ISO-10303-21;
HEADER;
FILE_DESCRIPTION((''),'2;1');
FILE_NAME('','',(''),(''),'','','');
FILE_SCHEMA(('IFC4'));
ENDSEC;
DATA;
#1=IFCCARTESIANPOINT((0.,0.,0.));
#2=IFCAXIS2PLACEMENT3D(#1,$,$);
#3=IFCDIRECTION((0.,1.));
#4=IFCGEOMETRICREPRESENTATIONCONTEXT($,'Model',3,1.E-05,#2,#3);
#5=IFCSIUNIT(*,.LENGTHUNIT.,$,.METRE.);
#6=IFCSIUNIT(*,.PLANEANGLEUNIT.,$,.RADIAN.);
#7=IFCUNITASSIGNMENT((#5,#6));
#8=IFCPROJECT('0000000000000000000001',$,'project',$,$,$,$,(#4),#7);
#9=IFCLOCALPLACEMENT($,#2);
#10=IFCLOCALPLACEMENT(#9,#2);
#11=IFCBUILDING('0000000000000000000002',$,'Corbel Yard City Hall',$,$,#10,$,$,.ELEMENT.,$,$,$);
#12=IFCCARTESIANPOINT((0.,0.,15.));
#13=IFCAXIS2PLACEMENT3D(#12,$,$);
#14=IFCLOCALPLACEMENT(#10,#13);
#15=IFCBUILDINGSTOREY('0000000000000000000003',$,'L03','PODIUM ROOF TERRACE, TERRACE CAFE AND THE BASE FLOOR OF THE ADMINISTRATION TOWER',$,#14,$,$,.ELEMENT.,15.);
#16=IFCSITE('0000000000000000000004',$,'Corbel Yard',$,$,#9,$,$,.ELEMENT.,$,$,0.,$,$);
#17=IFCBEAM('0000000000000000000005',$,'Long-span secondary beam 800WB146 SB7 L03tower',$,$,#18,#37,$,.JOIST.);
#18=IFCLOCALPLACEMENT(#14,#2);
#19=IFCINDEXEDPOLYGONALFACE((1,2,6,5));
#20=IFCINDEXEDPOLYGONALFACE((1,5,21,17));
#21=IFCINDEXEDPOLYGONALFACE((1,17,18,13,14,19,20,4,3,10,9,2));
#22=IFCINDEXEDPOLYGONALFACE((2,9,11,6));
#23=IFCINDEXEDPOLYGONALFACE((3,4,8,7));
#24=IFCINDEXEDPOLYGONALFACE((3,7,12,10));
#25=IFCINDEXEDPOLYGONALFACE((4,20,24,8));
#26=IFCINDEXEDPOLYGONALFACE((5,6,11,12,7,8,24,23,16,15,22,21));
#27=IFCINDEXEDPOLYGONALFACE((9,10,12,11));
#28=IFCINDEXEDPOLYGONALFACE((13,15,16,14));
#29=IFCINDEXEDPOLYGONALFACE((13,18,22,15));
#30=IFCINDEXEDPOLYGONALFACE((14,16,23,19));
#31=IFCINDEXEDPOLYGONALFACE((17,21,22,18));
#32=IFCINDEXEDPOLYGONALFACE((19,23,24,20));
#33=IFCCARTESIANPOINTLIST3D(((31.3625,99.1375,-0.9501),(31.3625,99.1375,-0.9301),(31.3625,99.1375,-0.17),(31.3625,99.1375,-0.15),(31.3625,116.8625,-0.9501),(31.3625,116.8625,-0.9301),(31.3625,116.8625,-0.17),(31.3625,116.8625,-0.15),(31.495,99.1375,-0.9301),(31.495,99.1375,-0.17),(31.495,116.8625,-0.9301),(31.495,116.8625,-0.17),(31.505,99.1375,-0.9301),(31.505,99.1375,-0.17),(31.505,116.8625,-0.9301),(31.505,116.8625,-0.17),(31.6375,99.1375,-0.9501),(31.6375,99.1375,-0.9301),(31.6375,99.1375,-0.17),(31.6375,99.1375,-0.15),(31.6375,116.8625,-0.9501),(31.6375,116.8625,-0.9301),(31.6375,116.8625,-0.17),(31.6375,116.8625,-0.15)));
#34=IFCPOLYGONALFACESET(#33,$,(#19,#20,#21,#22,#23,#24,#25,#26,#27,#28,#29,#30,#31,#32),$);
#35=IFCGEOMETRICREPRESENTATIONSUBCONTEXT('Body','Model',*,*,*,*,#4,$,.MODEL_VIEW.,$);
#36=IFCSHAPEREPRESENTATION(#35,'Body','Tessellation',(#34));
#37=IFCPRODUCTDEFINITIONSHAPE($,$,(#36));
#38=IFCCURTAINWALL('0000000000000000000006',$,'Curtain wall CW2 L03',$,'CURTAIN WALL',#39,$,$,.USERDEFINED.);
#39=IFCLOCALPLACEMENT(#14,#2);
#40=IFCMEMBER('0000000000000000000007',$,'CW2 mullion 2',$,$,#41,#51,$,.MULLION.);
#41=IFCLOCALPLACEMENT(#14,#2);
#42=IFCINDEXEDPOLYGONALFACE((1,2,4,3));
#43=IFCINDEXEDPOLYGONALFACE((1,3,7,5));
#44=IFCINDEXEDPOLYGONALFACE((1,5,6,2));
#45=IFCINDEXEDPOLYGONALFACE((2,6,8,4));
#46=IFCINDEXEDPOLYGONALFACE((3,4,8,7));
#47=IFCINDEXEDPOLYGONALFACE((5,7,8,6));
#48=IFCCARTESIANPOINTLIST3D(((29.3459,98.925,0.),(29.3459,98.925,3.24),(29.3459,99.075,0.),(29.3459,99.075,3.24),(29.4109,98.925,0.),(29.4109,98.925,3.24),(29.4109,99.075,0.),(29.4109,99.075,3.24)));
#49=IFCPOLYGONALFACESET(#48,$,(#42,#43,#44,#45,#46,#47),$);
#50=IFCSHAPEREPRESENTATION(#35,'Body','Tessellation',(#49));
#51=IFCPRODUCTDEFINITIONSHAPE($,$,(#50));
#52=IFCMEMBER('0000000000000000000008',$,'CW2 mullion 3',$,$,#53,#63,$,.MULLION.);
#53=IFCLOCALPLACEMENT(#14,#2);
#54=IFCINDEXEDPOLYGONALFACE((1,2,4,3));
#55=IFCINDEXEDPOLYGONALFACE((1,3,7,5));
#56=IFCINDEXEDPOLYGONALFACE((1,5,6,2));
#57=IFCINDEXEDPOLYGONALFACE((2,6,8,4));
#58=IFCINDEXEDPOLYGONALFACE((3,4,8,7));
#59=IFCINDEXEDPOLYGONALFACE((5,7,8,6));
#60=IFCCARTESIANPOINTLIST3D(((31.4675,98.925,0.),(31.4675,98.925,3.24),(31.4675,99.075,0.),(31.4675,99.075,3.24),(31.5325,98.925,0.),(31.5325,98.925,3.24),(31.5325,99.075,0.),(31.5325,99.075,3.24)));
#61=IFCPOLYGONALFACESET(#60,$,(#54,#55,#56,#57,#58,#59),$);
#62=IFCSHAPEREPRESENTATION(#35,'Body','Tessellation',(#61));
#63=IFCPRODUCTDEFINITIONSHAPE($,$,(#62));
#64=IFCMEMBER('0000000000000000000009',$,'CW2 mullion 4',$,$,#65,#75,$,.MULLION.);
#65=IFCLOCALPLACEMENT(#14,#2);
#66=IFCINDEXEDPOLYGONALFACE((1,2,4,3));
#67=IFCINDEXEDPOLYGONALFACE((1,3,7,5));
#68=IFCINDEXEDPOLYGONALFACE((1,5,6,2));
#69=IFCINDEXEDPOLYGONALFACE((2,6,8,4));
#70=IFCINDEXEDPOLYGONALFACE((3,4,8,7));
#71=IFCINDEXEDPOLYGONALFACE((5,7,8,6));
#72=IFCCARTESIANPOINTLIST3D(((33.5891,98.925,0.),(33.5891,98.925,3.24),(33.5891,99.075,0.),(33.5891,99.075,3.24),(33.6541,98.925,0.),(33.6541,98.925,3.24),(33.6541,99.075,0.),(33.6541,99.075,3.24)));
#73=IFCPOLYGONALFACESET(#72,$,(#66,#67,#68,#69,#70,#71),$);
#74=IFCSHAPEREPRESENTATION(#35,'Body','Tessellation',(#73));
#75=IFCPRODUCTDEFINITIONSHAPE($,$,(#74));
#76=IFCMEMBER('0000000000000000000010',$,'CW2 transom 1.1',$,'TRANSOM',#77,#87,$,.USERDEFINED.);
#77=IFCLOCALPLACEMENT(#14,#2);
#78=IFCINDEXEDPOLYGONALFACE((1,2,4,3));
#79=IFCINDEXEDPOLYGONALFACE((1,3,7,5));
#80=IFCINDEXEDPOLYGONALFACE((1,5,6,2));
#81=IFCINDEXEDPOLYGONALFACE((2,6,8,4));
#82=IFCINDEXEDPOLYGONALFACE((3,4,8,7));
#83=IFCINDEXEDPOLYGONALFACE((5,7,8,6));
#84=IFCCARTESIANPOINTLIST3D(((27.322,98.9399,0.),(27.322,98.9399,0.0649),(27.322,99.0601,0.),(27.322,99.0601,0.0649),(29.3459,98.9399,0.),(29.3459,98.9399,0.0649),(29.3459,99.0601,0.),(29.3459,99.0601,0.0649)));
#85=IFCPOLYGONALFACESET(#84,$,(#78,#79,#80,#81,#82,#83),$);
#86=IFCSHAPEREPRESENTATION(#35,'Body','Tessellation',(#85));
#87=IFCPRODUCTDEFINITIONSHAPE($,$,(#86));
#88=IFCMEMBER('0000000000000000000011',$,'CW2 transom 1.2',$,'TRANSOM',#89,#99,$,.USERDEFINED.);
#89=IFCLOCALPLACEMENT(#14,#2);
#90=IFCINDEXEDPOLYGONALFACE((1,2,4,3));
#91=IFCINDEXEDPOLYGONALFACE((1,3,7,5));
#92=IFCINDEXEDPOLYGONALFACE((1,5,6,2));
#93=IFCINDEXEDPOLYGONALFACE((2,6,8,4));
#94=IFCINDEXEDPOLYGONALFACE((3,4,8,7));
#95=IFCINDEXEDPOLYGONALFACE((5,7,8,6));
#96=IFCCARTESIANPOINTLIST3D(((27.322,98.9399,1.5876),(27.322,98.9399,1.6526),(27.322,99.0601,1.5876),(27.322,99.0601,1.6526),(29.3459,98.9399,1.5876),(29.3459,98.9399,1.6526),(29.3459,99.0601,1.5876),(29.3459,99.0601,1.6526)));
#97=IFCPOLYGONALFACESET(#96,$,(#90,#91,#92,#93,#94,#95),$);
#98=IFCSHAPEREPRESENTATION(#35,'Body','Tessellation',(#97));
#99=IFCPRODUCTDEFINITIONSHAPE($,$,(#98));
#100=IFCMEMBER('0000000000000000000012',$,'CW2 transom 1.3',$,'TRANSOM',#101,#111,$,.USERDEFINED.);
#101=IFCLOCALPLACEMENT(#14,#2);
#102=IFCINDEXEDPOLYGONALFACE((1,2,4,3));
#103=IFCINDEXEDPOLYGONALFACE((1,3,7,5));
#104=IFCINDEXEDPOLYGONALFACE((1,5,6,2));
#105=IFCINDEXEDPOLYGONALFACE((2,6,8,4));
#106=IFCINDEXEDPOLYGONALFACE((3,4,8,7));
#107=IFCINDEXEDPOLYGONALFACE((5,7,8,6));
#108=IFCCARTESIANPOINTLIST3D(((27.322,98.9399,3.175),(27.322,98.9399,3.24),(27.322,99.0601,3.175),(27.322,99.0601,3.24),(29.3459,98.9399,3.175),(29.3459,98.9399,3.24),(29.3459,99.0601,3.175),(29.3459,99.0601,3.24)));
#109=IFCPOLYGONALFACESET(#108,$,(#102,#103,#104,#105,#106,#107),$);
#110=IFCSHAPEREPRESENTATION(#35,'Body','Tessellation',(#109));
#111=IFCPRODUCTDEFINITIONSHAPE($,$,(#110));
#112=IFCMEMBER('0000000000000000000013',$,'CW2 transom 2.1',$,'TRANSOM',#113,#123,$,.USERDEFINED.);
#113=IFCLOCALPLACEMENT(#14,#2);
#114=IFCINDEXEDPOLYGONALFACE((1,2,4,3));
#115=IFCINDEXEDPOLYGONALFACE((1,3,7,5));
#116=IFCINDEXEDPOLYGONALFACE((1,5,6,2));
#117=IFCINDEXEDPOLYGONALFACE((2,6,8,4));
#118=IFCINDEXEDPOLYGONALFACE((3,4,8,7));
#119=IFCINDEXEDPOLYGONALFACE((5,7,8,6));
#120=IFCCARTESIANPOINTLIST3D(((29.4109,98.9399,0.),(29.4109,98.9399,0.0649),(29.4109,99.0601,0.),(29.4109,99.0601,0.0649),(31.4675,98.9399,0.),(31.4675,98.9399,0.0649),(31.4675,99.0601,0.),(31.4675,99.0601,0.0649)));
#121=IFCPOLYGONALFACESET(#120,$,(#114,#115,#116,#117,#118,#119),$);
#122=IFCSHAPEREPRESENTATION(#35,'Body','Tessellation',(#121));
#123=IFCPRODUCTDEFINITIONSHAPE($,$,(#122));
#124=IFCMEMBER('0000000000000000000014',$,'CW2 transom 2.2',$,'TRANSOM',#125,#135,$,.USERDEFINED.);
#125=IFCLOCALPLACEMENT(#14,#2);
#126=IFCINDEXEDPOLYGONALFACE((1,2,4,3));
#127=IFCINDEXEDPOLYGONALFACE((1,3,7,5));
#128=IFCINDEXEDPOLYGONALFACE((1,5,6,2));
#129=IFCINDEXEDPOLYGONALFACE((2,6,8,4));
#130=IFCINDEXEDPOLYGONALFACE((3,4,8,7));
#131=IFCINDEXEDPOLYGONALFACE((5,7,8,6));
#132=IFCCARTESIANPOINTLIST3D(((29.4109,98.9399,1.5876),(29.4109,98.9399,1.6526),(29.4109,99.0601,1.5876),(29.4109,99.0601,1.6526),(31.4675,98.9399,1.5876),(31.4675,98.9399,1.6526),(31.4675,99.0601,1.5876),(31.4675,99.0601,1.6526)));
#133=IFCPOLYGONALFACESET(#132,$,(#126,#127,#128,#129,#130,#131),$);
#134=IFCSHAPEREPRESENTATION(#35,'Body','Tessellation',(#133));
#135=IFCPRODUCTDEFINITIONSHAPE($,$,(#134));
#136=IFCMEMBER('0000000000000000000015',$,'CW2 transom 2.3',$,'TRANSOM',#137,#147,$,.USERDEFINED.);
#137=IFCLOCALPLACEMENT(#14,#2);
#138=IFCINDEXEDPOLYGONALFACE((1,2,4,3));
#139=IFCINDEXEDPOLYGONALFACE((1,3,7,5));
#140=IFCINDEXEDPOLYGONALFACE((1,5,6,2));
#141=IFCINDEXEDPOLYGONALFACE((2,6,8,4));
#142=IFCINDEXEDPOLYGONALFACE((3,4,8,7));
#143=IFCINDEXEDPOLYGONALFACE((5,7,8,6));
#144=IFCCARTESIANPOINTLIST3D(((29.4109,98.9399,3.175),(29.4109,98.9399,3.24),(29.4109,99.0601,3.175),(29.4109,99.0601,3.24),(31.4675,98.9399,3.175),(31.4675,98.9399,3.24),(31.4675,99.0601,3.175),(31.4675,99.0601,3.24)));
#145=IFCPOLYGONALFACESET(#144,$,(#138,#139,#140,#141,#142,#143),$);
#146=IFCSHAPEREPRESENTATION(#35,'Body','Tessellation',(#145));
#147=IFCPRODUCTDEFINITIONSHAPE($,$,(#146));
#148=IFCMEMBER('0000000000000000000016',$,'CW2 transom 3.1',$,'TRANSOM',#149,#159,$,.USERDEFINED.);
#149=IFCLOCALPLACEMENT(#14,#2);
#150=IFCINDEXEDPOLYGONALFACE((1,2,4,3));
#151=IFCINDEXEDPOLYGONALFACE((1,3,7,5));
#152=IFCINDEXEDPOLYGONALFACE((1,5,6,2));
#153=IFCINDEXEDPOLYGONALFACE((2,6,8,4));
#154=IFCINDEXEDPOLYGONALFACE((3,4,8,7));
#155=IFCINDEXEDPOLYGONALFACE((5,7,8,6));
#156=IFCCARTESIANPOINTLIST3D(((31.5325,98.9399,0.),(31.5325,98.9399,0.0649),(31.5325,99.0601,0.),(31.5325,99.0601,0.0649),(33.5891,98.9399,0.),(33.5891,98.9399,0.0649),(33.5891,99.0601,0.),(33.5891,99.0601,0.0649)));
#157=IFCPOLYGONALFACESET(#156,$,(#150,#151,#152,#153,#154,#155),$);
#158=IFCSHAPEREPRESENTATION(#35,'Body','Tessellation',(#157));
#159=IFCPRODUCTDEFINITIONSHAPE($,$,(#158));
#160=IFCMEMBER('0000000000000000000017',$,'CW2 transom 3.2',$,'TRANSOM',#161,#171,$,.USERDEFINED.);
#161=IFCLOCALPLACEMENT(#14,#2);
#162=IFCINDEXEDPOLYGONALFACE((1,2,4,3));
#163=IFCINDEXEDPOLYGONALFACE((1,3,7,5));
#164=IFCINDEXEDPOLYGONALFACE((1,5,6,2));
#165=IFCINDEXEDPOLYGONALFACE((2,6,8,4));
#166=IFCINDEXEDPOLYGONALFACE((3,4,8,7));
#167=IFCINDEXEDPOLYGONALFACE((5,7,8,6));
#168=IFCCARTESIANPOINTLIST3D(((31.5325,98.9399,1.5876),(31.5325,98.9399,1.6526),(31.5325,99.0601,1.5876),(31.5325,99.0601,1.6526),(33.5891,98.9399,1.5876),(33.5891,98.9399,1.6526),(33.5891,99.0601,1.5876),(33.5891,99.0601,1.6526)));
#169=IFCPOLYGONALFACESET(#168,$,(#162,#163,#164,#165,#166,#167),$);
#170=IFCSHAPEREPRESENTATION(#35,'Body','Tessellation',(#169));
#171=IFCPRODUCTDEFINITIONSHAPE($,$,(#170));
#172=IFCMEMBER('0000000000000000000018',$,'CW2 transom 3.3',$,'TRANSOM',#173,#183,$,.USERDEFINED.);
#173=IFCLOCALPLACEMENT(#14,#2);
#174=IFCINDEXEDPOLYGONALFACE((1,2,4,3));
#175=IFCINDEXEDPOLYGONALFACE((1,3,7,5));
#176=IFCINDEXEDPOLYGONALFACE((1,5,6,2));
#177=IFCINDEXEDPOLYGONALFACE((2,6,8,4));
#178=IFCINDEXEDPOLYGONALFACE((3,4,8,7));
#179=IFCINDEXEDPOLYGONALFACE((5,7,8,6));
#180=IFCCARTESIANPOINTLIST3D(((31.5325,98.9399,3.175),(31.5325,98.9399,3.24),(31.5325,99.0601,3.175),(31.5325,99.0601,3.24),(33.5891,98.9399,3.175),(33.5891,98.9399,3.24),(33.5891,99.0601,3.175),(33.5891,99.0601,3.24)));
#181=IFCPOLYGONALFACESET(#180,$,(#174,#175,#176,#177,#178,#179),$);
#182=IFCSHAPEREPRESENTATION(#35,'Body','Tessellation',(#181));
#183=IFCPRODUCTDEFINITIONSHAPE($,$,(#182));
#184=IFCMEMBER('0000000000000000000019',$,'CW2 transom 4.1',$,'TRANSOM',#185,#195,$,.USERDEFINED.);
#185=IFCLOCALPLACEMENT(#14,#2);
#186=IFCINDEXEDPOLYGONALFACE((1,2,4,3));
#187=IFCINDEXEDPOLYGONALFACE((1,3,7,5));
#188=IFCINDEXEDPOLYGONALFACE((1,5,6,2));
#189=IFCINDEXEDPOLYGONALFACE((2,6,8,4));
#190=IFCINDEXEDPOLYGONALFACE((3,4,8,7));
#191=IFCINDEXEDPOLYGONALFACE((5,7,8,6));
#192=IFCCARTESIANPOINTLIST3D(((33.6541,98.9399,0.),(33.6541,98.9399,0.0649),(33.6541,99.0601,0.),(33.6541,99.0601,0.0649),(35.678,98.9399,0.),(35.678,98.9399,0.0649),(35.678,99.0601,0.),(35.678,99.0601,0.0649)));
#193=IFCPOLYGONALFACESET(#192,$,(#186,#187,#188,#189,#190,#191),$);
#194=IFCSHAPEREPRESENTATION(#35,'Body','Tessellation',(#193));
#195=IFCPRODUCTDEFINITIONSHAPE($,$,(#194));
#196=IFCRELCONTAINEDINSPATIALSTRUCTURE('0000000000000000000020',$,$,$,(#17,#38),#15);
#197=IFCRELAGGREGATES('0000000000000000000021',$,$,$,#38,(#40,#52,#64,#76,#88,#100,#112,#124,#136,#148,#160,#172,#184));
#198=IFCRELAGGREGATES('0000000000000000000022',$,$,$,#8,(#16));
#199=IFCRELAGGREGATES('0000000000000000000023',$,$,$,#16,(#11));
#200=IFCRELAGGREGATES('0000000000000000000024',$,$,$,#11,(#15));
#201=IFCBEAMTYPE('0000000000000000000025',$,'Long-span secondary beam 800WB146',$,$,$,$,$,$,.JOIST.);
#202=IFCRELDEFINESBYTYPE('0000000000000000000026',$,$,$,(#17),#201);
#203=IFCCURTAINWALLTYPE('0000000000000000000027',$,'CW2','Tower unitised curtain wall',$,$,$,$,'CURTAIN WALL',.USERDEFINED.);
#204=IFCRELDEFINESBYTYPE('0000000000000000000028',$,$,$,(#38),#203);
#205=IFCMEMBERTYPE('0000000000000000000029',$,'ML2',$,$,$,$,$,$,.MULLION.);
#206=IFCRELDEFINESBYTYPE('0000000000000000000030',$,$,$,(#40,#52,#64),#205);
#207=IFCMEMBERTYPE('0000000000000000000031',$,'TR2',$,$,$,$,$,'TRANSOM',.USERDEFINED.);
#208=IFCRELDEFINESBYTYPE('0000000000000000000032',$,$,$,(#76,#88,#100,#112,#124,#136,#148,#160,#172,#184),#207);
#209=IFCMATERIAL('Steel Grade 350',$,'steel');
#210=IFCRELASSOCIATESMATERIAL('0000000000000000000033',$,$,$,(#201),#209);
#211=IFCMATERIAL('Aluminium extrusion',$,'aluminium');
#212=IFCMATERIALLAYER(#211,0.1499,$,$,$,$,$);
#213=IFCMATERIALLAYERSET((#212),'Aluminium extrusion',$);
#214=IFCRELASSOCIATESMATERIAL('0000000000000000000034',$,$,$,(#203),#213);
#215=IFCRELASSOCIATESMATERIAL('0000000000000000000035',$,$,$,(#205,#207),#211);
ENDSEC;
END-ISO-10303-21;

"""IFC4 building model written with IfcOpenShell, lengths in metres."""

from ifc_helpers import new_model, si_unit, direction, frame, origin, origin_2d, place, context, subcontext, project, spatial, rectangle, i_section, extrude, material, layer, layer_set, material_profile, profile_set, type_object, element, aggregate, save


model = new_model("IFC4")

# Units and contexts
model_context = context("Model", 3, precision=1e-05, world=origin(), true_north=direction((0.0, 1.0)))
body_context = subcontext(model_context, "Body", "Model", "MODEL_VIEW")
ifc_project = project(units=[si_unit("LENGTHUNIT", "METRE"), si_unit("PLANEANGLEUNIT", "RADIAN")], contexts=[model_context])

# Site, building, storey
site_placement = place(None, origin())
site = spatial("IfcSite", under=ifc_project, at=site_placement, Name="Corbel Yard", CompositionType="ELEMENT", RefElevation=0.0)
building_placement = place(site_placement, origin())
building = spatial("IfcBuilding", under=site, at=building_placement, Name="Corbel Yard City Hall", CompositionType="ELEMENT")
storey_placement = place(building_placement, frame((0.0, 0.0, 15.0)))
storey = spatial("IfcBuildingStorey", under=building, at=storey_placement, Name="L03", Description="PODIUM ROOF TERRACE, TERRACE CAFE AND THE BASE FLOOR OF THE ADMINISTRATION TOWER", CompositionType="ELEMENT", Elevation=15.0)

# Beam
ifc_material_1 = material(Name="Steel Grade 350", Category="steel")
ifc_material_profile_1 = material_profile(ifc_material_1, i_section(OverallWidth=0.2749, OverallDepth=0.8, WebThickness=0.01, FlangeThickness=0.02, at=origin_2d()), Name="800WB146")
ifc_profile_set_1 = profile_set([ifc_material_profile_1], Name="Steel Grade 350")
beam_type = type_object("IfcBeamType", Name="Long-span secondary beam 800WB146", PredefinedType="JOIST", material=ifc_profile_set_1)
beam_placement = place(storey_placement, frame((31.5, 99.1375, -0.55), z_axis=(0.0, 1.0, 0.0), x_axis=(-1.0, 0.0, 0.0)))
element("IfcBeam", 1, at=beam_placement, inside=storey, type_object=beam_type, Name="Long-span secondary beam 800WB146 SB7 L03tower", PredefinedType="JOIST", context=body_context, shape_type="SweptSolid", body=[
    extrude(i_section(OverallWidth=0.2749, OverallDepth=0.8, WebThickness=0.01, FlangeThickness=0.02, at=origin_2d()), origin(), (0.0, 0.0, 1.0), 17.7251),
])

# Curtain wall, members
ifc_material_2 = material(Name="Aluminium extrusion", Category="aluminium")
ifc_layer_1 = layer(ifc_material_2, 0.1499)
ifc_layer_set_1 = layer_set([ifc_layer_1], Name="Aluminium extrusion")
curtain_wall_type = type_object("IfcCurtainWallType", Name="CW2", Description="Tower unitised curtain wall", ElementType="CURTAIN WALL", PredefinedType="USERDEFINED", material=ifc_layer_set_1)
curtain_wall_placement = place(storey_placement, origin())
curtain_wall = element("IfcCurtainWall", 2, at=curtain_wall_placement, inside=storey, type_object=curtain_wall_type, Name="Curtain wall CW2 L03", ObjectType="CURTAIN WALL", PredefinedType="USERDEFINED")
ifc_material_profile_2 = material_profile(ifc_material_2, rectangle(XDim=0.1499, YDim=0.0649, at=origin_2d()), Name="150x65")
ifc_profile_set_2 = profile_set([ifc_material_profile_2], Name="Aluminium extrusion")
member_type_1 = type_object("IfcMemberType", Name="ML2", PredefinedType="MULLION", material=ifc_profile_set_2)
member_1_placement = place(storey_placement, frame((29.3784, 99.0, 0.0), z_axis=(0.0, 0.0, 1.0), x_axis=(0.0, 1.0, 0.0)))
member_1 = element("IfcMember", 3, at=member_1_placement, type_object=member_type_1, Name="CW2 mullion 2", PredefinedType="MULLION", context=body_context, shape_type="SweptSolid", body=[
    extrude(rectangle(XDim=0.1499, YDim=0.0649, at=origin_2d()), origin(), (0.0, 0.0, 1.0), 3.24),
])
member_2_placement = place(storey_placement, frame((31.5, 99.0, 0.0), z_axis=(0.0, 0.0, 1.0), x_axis=(0.0, 1.0, 0.0)))
member_2 = element("IfcMember", 4, at=member_2_placement, type_object=member_type_1, Name="CW2 mullion 3", PredefinedType="MULLION", context=body_context, shape_type="SweptSolid", body=[
    extrude(rectangle(XDim=0.1499, YDim=0.0649, at=origin_2d()), origin(), (0.0, 0.0, 1.0), 3.24),
])
member_3_placement = place(storey_placement, frame((33.6216, 99.0, 0.0), z_axis=(0.0, 0.0, 1.0), x_axis=(0.0, 1.0, 0.0)))
member_3 = element("IfcMember", 5, at=member_3_placement, type_object=member_type_1, Name="CW2 mullion 4", PredefinedType="MULLION", context=body_context, shape_type="SweptSolid", body=[
    extrude(rectangle(XDim=0.1499, YDim=0.0649, at=origin_2d()), origin(), (0.0, 0.0, 1.0), 3.24),
])
ifc_material_profile_3 = material_profile(ifc_material_2, rectangle(XDim=0.1201, YDim=0.0649, at=origin_2d()), Name="120x65")
ifc_profile_set_3 = profile_set([ifc_material_profile_3], Name="Aluminium extrusion")
member_type_2 = type_object("IfcMemberType", Name="TR2", ElementType="TRANSOM", PredefinedType="USERDEFINED", material=ifc_profile_set_3)
member_4_placement = place(storey_placement, frame((27.322, 99.0, 0.0325), z_axis=(1.0, 0.0, 0.0), x_axis=(0.0, 1.0, 0.0)))
member_4 = element("IfcMember", 6, at=member_4_placement, type_object=member_type_2, Name="CW2 transom 1.1", ObjectType="TRANSOM", PredefinedType="USERDEFINED", context=body_context, shape_type="SweptSolid", body=[
    extrude(rectangle(XDim=0.1201, YDim=0.0649, at=origin_2d()), origin(), (0.0, 0.0, 1.0), 2.0239),
])
member_5_placement = place(storey_placement, frame((27.322, 99.0, 1.6201), z_axis=(1.0, 0.0, 0.0), x_axis=(0.0, 1.0, 0.0)))
member_5 = element("IfcMember", 7, at=member_5_placement, type_object=member_type_2, Name="CW2 transom 1.2", ObjectType="TRANSOM", PredefinedType="USERDEFINED", context=body_context, shape_type="SweptSolid", body=[
    extrude(rectangle(XDim=0.1201, YDim=0.0649, at=origin_2d()), origin(), (0.0, 0.0, 1.0), 2.0239),
])
member_6_placement = place(storey_placement, frame((27.322, 99.0, 3.2075), z_axis=(1.0, 0.0, 0.0), x_axis=(0.0, 1.0, 0.0)))
member_6 = element("IfcMember", 8, at=member_6_placement, type_object=member_type_2, Name="CW2 transom 1.3", ObjectType="TRANSOM", PredefinedType="USERDEFINED", context=body_context, shape_type="SweptSolid", body=[
    extrude(rectangle(XDim=0.1201, YDim=0.0649, at=origin_2d()), origin(), (0.0, 0.0, 1.0), 2.0239),
])
member_7_placement = place(storey_placement, frame((29.4109, 99.0, 0.0325), z_axis=(1.0, 0.0, 0.0), x_axis=(0.0, 1.0, 0.0)))
member_7 = element("IfcMember", 9, at=member_7_placement, type_object=member_type_2, Name="CW2 transom 2.1", ObjectType="TRANSOM", PredefinedType="USERDEFINED", context=body_context, shape_type="SweptSolid", body=[
    extrude(rectangle(XDim=0.1201, YDim=0.0649, at=origin_2d()), origin(), (0.0, 0.0, 1.0), 2.0566),
])
member_8_placement = place(storey_placement, frame((29.4109, 99.0, 1.6201), z_axis=(1.0, 0.0, 0.0), x_axis=(0.0, 1.0, 0.0)))
member_8 = element("IfcMember", 10, at=member_8_placement, type_object=member_type_2, Name="CW2 transom 2.2", ObjectType="TRANSOM", PredefinedType="USERDEFINED", context=body_context, shape_type="SweptSolid", body=[
    extrude(rectangle(XDim=0.1201, YDim=0.0649, at=origin_2d()), origin(), (0.0, 0.0, 1.0), 2.0566),
])
member_9_placement = place(storey_placement, frame((29.4109, 99.0, 3.2075), z_axis=(1.0, 0.0, 0.0), x_axis=(0.0, 1.0, 0.0)))
member_9 = element("IfcMember", 11, at=member_9_placement, type_object=member_type_2, Name="CW2 transom 2.3", ObjectType="TRANSOM", PredefinedType="USERDEFINED", context=body_context, shape_type="SweptSolid", body=[
    extrude(rectangle(XDim=0.1201, YDim=0.0649, at=origin_2d()), origin(), (0.0, 0.0, 1.0), 2.0566),
])
member_10_placement = place(storey_placement, frame((31.5325, 99.0, 0.0325), z_axis=(1.0, 0.0, 0.0), x_axis=(0.0, 1.0, 0.0)))
member_10 = element("IfcMember", 12, at=member_10_placement, type_object=member_type_2, Name="CW2 transom 3.1", ObjectType="TRANSOM", PredefinedType="USERDEFINED", context=body_context, shape_type="SweptSolid", body=[
    extrude(rectangle(XDim=0.1201, YDim=0.0649, at=origin_2d()), origin(), (0.0, 0.0, 1.0), 2.0566),
])
member_11_placement = place(storey_placement, frame((31.5325, 99.0, 1.6201), z_axis=(1.0, 0.0, 0.0), x_axis=(0.0, 1.0, 0.0)))
member_11 = element("IfcMember", 13, at=member_11_placement, type_object=member_type_2, Name="CW2 transom 3.2", ObjectType="TRANSOM", PredefinedType="USERDEFINED", context=body_context, shape_type="SweptSolid", body=[
    extrude(rectangle(XDim=0.1201, YDim=0.0649, at=origin_2d()), origin(), (0.0, 0.0, 1.0), 2.0566),
])
member_12_placement = place(storey_placement, frame((31.5325, 99.0, 3.2075), z_axis=(1.0, 0.0, 0.0), x_axis=(0.0, 1.0, 0.0)))
member_12 = element("IfcMember", 14, at=member_12_placement, type_object=member_type_2, Name="CW2 transom 3.3", ObjectType="TRANSOM", PredefinedType="USERDEFINED", context=body_context, shape_type="SweptSolid", body=[
    extrude(rectangle(XDim=0.1201, YDim=0.0649, at=origin_2d()), origin(), (0.0, 0.0, 1.0), 2.0566),
])
member_13_placement = place(storey_placement, frame((33.6541, 99.0, 0.0325), z_axis=(1.0, 0.0, 0.0), x_axis=(0.0, 1.0, 0.0)))
member_13 = element("IfcMember", 15, at=member_13_placement, type_object=member_type_2, Name="CW2 transom 4.1", ObjectType="TRANSOM", PredefinedType="USERDEFINED", context=body_context, shape_type="SweptSolid", body=[
    extrude(rectangle(XDim=0.1201, YDim=0.0649, at=origin_2d()), origin(), (0.0, 0.0, 1.0), 2.0239),
])
aggregate(curtain_wall, [member_1, member_2, member_3, member_4, member_5, member_6, member_7, member_8, member_9, member_10, member_11, member_12, member_13])

save(model, "model.ifc")
